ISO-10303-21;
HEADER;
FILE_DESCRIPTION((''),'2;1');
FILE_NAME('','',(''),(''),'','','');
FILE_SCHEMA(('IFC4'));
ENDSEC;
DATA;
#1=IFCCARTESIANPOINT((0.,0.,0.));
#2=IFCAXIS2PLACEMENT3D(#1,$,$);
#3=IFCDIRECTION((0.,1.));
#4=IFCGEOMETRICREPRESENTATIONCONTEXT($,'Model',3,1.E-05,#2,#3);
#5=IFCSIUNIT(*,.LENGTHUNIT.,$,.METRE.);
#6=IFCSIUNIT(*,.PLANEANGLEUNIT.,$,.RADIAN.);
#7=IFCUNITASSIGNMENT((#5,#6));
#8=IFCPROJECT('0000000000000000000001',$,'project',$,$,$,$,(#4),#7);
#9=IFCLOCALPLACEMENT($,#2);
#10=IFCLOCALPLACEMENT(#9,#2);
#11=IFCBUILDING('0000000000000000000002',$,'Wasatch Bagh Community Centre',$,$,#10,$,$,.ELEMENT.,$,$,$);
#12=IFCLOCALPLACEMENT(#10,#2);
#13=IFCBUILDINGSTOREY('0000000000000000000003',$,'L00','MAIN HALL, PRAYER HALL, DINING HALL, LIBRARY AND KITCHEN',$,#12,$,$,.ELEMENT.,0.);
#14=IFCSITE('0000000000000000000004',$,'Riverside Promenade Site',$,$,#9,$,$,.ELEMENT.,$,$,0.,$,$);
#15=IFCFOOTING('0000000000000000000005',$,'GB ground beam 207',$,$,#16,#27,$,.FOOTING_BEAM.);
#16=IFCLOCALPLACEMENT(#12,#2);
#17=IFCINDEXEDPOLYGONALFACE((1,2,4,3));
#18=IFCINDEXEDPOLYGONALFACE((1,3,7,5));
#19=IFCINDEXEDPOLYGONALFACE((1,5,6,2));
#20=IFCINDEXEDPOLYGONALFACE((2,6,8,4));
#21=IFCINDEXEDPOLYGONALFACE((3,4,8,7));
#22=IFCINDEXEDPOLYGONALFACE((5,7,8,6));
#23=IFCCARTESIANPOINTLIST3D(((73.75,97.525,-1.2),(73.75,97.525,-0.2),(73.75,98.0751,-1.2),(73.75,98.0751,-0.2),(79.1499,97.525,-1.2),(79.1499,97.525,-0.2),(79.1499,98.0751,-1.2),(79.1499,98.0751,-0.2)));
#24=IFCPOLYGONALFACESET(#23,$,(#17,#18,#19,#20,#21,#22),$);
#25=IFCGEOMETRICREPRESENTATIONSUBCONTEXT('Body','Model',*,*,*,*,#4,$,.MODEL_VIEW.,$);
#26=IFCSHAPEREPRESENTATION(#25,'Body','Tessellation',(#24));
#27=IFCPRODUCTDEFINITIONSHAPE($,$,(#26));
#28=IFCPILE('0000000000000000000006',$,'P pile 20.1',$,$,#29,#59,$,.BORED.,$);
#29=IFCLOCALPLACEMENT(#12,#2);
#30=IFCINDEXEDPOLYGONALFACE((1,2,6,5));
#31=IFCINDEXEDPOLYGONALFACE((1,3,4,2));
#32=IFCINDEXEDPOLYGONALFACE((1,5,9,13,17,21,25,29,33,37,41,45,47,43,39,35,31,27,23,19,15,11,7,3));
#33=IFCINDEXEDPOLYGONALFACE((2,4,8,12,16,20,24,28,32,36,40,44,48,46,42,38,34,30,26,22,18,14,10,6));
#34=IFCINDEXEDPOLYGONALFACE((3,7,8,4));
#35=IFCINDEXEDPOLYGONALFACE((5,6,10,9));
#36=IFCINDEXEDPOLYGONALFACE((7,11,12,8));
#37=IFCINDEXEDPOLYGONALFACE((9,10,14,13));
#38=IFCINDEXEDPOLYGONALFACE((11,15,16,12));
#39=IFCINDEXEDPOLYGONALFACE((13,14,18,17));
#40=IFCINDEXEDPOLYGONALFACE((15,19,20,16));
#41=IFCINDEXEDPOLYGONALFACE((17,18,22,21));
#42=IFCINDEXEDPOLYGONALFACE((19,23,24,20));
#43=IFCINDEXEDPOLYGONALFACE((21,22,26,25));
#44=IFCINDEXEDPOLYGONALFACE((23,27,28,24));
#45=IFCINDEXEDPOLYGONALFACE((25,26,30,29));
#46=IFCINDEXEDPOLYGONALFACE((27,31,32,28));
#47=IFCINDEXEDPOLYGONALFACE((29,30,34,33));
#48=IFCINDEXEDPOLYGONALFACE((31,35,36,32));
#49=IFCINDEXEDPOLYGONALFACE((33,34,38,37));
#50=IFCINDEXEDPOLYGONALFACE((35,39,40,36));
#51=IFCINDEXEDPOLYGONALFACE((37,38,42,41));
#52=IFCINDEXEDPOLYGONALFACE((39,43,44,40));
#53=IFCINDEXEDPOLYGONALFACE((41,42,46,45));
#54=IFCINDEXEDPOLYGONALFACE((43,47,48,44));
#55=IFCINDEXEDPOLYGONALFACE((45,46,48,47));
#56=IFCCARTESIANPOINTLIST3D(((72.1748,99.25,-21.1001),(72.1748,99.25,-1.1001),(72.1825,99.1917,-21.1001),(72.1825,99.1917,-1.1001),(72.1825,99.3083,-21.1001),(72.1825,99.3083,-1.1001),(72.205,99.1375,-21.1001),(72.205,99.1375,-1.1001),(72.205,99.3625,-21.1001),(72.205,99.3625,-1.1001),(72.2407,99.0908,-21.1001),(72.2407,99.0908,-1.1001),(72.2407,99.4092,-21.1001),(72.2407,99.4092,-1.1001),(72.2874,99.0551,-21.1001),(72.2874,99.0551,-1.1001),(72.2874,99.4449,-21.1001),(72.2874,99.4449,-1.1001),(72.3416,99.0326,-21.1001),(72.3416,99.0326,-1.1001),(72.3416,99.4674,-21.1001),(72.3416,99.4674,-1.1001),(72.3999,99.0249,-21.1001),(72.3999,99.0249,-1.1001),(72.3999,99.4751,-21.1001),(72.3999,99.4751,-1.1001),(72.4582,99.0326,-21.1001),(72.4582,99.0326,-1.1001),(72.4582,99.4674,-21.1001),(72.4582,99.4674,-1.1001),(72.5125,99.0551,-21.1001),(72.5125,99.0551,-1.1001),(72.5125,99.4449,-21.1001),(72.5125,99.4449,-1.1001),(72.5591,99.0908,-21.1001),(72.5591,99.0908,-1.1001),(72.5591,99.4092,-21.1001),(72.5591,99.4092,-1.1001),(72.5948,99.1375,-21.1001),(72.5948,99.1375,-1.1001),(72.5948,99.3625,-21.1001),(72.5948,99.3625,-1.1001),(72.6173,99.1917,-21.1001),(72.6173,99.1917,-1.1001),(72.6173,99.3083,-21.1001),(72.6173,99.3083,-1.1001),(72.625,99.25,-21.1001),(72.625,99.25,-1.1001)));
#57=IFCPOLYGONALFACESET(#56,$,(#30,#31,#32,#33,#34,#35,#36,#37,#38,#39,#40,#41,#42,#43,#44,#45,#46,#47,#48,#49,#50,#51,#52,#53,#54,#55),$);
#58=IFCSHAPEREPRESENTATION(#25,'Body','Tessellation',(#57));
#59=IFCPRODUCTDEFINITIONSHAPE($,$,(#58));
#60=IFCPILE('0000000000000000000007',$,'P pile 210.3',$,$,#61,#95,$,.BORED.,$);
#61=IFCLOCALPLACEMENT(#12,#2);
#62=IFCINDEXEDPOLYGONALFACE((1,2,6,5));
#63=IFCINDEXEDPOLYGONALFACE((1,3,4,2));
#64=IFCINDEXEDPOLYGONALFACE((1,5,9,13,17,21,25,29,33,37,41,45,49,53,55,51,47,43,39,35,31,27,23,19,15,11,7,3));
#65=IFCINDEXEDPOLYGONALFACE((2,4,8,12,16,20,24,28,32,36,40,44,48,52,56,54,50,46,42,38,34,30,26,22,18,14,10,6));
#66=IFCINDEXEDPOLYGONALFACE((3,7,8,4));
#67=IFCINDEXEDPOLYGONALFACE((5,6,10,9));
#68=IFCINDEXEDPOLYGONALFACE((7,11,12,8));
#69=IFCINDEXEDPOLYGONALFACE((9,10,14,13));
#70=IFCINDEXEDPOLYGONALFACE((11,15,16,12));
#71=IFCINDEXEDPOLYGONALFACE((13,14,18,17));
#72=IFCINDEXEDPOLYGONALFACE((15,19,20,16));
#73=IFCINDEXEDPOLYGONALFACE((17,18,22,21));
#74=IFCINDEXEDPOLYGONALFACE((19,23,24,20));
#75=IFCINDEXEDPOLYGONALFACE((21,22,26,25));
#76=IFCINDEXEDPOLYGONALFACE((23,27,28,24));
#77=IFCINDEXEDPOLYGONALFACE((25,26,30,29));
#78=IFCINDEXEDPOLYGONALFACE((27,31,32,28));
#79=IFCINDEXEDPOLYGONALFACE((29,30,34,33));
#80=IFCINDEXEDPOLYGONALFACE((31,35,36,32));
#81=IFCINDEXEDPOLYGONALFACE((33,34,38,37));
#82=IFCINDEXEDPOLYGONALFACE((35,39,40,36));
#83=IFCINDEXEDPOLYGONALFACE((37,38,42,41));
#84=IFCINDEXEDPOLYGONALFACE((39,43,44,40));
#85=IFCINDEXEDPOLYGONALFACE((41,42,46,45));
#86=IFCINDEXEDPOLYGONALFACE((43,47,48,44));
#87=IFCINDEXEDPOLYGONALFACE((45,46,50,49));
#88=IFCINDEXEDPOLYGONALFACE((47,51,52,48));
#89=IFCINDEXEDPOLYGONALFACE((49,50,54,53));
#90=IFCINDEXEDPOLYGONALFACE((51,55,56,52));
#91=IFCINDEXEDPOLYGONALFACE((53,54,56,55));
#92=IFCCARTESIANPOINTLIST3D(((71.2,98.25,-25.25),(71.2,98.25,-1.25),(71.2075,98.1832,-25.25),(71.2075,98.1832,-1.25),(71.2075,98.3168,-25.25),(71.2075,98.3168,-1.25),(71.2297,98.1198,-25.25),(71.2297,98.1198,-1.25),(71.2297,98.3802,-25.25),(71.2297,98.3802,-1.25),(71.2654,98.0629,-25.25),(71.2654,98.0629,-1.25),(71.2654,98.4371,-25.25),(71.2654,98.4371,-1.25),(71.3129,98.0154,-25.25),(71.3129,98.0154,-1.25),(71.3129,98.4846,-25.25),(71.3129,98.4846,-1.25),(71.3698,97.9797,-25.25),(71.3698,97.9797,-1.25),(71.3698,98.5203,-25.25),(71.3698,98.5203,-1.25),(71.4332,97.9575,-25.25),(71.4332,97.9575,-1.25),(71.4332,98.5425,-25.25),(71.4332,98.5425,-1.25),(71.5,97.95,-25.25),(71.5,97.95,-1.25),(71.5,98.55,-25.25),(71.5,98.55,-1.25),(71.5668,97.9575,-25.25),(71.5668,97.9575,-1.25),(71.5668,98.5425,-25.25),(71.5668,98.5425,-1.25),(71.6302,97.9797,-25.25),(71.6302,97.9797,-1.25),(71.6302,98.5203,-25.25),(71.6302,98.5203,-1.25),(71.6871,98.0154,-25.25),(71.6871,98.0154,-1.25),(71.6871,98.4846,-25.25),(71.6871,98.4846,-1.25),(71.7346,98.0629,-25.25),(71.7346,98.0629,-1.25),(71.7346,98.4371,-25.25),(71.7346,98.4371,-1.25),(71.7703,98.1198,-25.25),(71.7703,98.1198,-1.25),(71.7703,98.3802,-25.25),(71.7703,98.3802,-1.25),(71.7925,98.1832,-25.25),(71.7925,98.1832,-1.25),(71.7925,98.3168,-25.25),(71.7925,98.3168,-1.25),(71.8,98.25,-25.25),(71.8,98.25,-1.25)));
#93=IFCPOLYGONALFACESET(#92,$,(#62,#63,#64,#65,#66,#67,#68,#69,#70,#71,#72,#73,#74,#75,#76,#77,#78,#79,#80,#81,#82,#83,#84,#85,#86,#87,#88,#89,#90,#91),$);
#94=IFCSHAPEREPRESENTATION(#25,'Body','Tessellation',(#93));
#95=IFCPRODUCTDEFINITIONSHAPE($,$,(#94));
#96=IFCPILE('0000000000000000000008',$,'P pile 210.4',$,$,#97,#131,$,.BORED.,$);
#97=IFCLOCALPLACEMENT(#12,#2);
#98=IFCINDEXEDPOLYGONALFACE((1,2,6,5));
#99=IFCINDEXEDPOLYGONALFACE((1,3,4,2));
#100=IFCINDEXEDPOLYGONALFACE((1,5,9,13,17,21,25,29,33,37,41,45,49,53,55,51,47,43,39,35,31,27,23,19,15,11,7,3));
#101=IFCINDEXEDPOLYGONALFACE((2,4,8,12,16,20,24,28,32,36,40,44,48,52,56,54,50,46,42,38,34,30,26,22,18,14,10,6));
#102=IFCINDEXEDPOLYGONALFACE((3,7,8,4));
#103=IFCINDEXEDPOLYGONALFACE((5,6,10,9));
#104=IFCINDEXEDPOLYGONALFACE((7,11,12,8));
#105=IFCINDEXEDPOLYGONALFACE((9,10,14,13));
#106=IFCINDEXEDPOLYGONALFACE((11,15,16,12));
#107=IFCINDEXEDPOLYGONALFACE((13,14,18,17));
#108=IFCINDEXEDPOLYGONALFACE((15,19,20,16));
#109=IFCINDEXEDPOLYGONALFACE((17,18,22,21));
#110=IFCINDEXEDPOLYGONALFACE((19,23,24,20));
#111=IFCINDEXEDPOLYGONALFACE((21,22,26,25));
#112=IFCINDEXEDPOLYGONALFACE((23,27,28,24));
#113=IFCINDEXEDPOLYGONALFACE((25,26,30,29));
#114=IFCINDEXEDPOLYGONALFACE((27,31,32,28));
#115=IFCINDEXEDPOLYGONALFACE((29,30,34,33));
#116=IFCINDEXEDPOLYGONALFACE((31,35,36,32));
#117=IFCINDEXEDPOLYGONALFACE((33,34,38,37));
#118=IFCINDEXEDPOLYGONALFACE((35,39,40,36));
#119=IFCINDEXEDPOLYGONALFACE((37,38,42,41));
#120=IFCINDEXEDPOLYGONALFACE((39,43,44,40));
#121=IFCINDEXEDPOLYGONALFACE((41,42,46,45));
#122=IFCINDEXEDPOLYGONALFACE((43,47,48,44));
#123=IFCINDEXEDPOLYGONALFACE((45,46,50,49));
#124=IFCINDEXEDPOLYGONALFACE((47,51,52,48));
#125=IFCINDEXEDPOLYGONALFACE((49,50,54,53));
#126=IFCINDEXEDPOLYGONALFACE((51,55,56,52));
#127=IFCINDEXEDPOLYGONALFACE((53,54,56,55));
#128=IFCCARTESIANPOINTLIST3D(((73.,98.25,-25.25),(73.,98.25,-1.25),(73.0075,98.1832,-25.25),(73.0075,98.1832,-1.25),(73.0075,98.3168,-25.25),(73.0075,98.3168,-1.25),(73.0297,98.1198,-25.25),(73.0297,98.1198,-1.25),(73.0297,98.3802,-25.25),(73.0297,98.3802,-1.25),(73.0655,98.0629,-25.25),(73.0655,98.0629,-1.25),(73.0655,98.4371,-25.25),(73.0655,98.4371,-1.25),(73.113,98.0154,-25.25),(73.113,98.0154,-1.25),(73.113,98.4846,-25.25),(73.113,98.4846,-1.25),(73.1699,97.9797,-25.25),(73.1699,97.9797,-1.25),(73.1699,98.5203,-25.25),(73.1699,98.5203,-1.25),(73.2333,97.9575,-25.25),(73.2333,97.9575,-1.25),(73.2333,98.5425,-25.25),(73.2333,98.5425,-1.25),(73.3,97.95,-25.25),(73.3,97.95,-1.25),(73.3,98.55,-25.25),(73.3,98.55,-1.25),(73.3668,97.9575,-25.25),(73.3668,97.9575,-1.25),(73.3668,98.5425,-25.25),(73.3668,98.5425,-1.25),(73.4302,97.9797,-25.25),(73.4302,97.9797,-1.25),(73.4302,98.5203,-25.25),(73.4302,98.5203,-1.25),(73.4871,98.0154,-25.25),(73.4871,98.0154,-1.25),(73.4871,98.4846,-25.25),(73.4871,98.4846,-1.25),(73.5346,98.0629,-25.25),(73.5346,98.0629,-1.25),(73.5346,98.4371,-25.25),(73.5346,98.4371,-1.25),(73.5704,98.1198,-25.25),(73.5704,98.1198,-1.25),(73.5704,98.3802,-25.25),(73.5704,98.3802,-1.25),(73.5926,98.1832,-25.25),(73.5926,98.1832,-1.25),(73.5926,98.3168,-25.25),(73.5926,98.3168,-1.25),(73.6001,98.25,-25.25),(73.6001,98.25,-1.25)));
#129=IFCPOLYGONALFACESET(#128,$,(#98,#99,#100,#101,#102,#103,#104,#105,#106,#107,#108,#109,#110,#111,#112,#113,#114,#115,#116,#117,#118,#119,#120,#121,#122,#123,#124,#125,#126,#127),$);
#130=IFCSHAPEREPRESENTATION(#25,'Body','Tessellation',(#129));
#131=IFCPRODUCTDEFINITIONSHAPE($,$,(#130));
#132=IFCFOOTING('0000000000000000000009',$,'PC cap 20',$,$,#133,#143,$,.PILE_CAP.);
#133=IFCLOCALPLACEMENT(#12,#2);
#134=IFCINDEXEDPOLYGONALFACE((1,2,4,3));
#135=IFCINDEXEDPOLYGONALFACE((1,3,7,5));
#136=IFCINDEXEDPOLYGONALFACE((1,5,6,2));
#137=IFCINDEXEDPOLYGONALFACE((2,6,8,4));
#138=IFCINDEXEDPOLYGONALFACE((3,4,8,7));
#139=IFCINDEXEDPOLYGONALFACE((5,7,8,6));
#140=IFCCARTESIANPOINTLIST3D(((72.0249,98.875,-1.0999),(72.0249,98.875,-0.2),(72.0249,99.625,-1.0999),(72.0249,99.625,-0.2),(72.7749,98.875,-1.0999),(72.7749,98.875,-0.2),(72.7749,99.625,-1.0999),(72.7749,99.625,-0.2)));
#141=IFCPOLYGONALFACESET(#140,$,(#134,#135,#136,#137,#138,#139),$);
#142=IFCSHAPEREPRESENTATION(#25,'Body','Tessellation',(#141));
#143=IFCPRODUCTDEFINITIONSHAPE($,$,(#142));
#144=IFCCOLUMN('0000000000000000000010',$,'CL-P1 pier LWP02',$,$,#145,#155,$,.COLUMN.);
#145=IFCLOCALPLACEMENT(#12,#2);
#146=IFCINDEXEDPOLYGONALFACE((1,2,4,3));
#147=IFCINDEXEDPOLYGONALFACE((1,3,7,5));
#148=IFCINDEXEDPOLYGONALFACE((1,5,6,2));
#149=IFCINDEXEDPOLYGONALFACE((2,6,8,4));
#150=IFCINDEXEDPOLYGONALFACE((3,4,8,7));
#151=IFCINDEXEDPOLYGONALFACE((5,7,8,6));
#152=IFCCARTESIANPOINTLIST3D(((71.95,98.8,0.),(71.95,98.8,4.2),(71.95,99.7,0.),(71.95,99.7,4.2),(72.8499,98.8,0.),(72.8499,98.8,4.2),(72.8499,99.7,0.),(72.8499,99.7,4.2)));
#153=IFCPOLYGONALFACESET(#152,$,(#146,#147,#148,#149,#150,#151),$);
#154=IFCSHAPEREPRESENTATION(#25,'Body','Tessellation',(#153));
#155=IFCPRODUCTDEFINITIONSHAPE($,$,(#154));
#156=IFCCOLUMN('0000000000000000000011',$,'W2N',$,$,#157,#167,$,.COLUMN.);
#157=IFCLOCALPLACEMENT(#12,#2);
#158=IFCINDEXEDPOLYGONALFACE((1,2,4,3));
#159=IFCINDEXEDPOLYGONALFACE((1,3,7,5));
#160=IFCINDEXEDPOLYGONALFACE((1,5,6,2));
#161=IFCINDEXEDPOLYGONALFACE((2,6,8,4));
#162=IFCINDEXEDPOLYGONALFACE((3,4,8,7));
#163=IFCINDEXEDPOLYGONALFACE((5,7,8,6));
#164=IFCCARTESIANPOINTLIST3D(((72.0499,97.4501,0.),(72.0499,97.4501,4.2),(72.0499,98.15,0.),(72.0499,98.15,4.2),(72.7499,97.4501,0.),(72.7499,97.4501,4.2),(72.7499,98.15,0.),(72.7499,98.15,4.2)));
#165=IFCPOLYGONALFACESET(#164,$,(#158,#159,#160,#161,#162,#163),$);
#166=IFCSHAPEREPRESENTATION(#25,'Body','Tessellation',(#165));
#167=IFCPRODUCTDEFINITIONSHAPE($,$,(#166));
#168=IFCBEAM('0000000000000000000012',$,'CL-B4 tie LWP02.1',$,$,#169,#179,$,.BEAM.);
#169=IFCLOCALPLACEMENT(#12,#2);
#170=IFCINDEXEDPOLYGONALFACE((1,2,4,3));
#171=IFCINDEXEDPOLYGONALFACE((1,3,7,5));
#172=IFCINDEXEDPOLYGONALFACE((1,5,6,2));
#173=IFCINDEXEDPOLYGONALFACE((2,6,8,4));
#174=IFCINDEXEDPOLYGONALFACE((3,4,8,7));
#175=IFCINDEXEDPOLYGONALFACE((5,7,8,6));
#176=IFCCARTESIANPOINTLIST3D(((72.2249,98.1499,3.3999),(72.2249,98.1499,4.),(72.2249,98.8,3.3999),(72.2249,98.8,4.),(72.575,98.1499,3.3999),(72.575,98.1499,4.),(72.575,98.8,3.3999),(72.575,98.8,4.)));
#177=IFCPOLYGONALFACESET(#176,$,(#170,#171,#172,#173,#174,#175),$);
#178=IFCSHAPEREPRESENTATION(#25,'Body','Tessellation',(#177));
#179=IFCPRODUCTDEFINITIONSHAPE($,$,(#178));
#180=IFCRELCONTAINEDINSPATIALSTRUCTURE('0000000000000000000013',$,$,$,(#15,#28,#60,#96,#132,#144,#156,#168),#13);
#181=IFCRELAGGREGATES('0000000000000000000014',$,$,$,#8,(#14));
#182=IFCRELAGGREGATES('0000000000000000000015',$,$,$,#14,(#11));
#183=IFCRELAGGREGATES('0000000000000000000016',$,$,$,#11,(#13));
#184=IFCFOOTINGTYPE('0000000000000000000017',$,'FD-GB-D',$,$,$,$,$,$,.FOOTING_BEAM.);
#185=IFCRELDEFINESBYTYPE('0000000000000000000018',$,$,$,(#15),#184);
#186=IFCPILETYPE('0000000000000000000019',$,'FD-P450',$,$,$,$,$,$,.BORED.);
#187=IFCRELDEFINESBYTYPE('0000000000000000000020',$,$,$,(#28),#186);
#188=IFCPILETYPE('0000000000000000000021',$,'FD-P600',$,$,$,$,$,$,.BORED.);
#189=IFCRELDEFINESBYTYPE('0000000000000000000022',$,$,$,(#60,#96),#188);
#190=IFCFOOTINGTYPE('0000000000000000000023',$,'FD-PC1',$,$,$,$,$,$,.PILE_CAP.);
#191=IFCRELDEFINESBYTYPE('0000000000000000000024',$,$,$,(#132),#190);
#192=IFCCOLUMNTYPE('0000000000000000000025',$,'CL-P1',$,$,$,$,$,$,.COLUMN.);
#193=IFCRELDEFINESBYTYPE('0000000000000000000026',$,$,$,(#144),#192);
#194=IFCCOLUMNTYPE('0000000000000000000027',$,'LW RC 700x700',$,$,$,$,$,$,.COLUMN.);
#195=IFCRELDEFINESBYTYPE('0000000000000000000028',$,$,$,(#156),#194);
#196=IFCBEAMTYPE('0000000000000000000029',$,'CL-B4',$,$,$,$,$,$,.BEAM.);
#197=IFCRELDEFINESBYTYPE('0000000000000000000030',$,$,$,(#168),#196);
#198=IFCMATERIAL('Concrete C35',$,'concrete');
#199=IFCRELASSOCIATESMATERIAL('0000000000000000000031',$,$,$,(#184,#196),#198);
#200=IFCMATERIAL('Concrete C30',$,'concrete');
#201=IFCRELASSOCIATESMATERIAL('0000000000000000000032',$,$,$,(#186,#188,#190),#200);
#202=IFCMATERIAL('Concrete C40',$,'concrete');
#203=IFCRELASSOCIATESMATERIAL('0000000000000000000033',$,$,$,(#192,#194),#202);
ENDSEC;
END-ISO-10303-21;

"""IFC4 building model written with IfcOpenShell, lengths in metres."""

from ifc_helpers import new_model, si_unit, direction, frame, origin, origin_2d, place, context, subcontext, project, spatial, rectangle, circle, extrude, material, material_profile, profile_set, type_object, element, save


model = new_model("IFC4")

# Units and contexts
model_context = context("Model", 3, precision=1e-05, world=origin(), true_north=direction((0.0, 1.0)))
body_context = subcontext(model_context, "Body", "Model", "MODEL_VIEW")
ifc_project = project(units=[si_unit("LENGTHUNIT", "METRE"), si_unit("PLANEANGLEUNIT", "RADIAN")], contexts=[model_context])

# Site, building, storey
site_placement = place(None, origin())
site = spatial("IfcSite", under=ifc_project, at=site_placement, Name="Riverside Promenade Site", CompositionType="ELEMENT", RefElevation=0.0)
building_placement = place(site_placement, origin())
building = spatial("IfcBuilding", under=site, at=building_placement, Name="Wasatch Bagh Community Centre", CompositionType="ELEMENT")
storey_placement = place(building_placement, origin())
storey = spatial("IfcBuildingStorey", under=building, at=storey_placement, Name="L00", Description="MAIN HALL, PRAYER HALL, DINING HALL, LIBRARY AND KITCHEN", CompositionType="ELEMENT", Elevation=0.0)

# Footing
ifc_material_1 = material(Name="Concrete C35", Category="concrete")
footing_type_1 = type_object("IfcFootingType", Name="FD-GB-D", PredefinedType="FOOTING_BEAM", material=ifc_material_1)
footing_1_placement = place(storey_placement, frame((76.45, 97.8, -1.2), z_axis=(0.0, 0.0, 1.0), x_axis=(1.0, 0.0, 0.0)))
element("IfcFooting", 1, at=footing_1_placement, inside=storey, type_object=footing_type_1, Name="GB ground beam 207", PredefinedType="FOOTING_BEAM", context=body_context, shape_type="SweptSolid", body=[
    extrude(rectangle(XDim=5.3999, YDim=0.55, at=origin_2d()), origin(), (0.0, 0.0, 1.0), 1.0),
])

# Piles
ifc_material_2 = material(Name="Concrete C30", Category="concrete")
ifc_material_profile_1 = material_profile(ifc_material_2, circle(Radius=0.2251, at=origin_2d()), Name="RC D450")
ifc_profile_set_1 = profile_set([ifc_material_profile_1], Name="Concrete C30")
pile_type_1 = type_object("IfcPileType", Name="FD-P450", PredefinedType="BORED", material=ifc_profile_set_1)
pile_placement = place(storey_placement, frame((72.3999, 99.25, -1.1001), z_axis=(0.0, 0.0, -1.0), x_axis=(1.0, 0.0, 0.0)))
element("IfcPile", 2, at=pile_placement, inside=storey, type_object=pile_type_1, Name="P pile 20.1", PredefinedType="BORED", context=body_context, shape_type="SweptSolid", body=[
    extrude(circle(Radius=0.2251, at=origin_2d()), origin(), (0.0, 0.0, 1.0), 20.0),
])
ifc_material_profile_2 = material_profile(ifc_material_2, circle(Radius=0.3, at=origin_2d()), Name="RC D600")
ifc_profile_set_2 = profile_set([ifc_material_profile_2], Name="Concrete C30")
pile_type_2 = type_object("IfcPileType", Name="FD-P600", PredefinedType="BORED", material=ifc_profile_set_2)
for number, where, z_axis, x_axis, name in (
    (3, (71.5, 98.25, -1.25), (0.0, 0.0, -1.0), (1.0, 0.0, 0.0), "P pile 210.3"),
    (4, (73.3, 98.25, -1.25), (0.0, 0.0, -1.0), (1.0, 0.0, 0.0), "P pile 210.4"),
):
    element("IfcPile", number, at=place(storey_placement, frame(where, z_axis=z_axis, x_axis=x_axis)), inside=storey, type_object=pile_type_2, Name=name, PredefinedType="BORED", context=body_context, shape_type="SweptSolid", body=[
        extrude(circle(Radius=0.3, at=origin_2d()), origin(), (0.0, 0.0, 1.0), 24.0),
    ])

# Footing
footing_type_2 = type_object("IfcFootingType", Name="FD-PC1", PredefinedType="PILE_CAP", material=ifc_material_2)
footing_2_placement = place(storey_placement, frame((72.3999, 99.25, -1.0999), z_axis=(0.0, 0.0, 1.0), x_axis=(1.0, 0.0, 0.0)))
element("IfcFooting", 5, at=footing_2_placement, inside=storey, type_object=footing_type_2, Name="PC cap 20", PredefinedType="PILE_CAP", context=body_context, shape_type="SweptSolid", body=[
    extrude(rectangle(XDim=0.75, YDim=0.75, at=origin_2d()), origin(), (0.0, 0.0, 1.0), 0.8999),
])

# Columns
ifc_material_3 = material(Name="Concrete C40", Category="concrete")
ifc_material_profile_3 = material_profile(ifc_material_3, rectangle(XDim=0.8999, YDim=0.8999, at=origin_2d()), Name="RC 900x900")
ifc_profile_set_3 = profile_set([ifc_material_profile_3], Name="Concrete C40")
column_type_1 = type_object("IfcColumnType", Name="CL-P1", PredefinedType="COLUMN", material=ifc_profile_set_3)
column_1_placement = place(storey_placement, frame((72.3999, 99.25, 0.0), z_axis=(0.0, 0.0, 1.0), x_axis=(1.0, 0.0, 0.0)))
element("IfcColumn", 6, at=column_1_placement, inside=storey, type_object=column_type_1, Name="CL-P1 pier LWP02", PredefinedType="COLUMN", context=body_context, shape_type="SweptSolid", body=[
    extrude(rectangle(XDim=0.8999, YDim=0.8999, at=origin_2d()), origin(), (0.0, 0.0, 1.0), 4.2),
])
ifc_material_profile_4 = material_profile(ifc_material_3, rectangle(XDim=0.7, YDim=0.7, at=origin_2d()), Name="RC 700x700")
ifc_profile_set_4 = profile_set([ifc_material_profile_4], Name="Concrete C40")
column_type_2 = type_object("IfcColumnType", Name="LW RC 700x700", PredefinedType="COLUMN", material=ifc_profile_set_4)
column_2_placement = place(storey_placement, frame((72.3999, 97.8, 0.0), z_axis=(0.0, 0.0, 1.0), x_axis=(1.0, 0.0, 0.0)))
element("IfcColumn", 7, at=column_2_placement, inside=storey, type_object=column_type_2, Name="W2N", PredefinedType="COLUMN", context=body_context, shape_type="SweptSolid", body=[
    extrude(rectangle(XDim=0.7, YDim=0.7, at=origin_2d()), origin(), (0.0, 0.0, 1.0), 4.2),
])

# Beam
ifc_material_profile_5 = material_profile(ifc_material_1, rectangle(XDim=0.3501, YDim=0.6001, at=origin_2d()), Name="RC 350x600")
ifc_profile_set_5 = profile_set([ifc_material_profile_5], Name="Concrete C35")
beam_type_1 = type_object("IfcBeamType", Name="CL-B4", PredefinedType="BEAM", material=ifc_profile_set_5)
beam_1_placement = place(storey_placement, frame((72.3999, 98.1499, 3.7), z_axis=(0.0, 1.0, 0.0), x_axis=(-1.0, 0.0, 0.0)))
element("IfcBeam", 8, at=beam_1_placement, inside=storey, type_object=beam_type_1, Name="CL-B4 tie LWP02.1", PredefinedType="BEAM", context=body_context, shape_type="SweptSolid", body=[
    extrude(rectangle(XDim=0.3501, YDim=0.6001, at=origin_2d()), origin(), (0.0, 0.0, 1.0), 0.6501),
])

save(model, "model.ifc")
